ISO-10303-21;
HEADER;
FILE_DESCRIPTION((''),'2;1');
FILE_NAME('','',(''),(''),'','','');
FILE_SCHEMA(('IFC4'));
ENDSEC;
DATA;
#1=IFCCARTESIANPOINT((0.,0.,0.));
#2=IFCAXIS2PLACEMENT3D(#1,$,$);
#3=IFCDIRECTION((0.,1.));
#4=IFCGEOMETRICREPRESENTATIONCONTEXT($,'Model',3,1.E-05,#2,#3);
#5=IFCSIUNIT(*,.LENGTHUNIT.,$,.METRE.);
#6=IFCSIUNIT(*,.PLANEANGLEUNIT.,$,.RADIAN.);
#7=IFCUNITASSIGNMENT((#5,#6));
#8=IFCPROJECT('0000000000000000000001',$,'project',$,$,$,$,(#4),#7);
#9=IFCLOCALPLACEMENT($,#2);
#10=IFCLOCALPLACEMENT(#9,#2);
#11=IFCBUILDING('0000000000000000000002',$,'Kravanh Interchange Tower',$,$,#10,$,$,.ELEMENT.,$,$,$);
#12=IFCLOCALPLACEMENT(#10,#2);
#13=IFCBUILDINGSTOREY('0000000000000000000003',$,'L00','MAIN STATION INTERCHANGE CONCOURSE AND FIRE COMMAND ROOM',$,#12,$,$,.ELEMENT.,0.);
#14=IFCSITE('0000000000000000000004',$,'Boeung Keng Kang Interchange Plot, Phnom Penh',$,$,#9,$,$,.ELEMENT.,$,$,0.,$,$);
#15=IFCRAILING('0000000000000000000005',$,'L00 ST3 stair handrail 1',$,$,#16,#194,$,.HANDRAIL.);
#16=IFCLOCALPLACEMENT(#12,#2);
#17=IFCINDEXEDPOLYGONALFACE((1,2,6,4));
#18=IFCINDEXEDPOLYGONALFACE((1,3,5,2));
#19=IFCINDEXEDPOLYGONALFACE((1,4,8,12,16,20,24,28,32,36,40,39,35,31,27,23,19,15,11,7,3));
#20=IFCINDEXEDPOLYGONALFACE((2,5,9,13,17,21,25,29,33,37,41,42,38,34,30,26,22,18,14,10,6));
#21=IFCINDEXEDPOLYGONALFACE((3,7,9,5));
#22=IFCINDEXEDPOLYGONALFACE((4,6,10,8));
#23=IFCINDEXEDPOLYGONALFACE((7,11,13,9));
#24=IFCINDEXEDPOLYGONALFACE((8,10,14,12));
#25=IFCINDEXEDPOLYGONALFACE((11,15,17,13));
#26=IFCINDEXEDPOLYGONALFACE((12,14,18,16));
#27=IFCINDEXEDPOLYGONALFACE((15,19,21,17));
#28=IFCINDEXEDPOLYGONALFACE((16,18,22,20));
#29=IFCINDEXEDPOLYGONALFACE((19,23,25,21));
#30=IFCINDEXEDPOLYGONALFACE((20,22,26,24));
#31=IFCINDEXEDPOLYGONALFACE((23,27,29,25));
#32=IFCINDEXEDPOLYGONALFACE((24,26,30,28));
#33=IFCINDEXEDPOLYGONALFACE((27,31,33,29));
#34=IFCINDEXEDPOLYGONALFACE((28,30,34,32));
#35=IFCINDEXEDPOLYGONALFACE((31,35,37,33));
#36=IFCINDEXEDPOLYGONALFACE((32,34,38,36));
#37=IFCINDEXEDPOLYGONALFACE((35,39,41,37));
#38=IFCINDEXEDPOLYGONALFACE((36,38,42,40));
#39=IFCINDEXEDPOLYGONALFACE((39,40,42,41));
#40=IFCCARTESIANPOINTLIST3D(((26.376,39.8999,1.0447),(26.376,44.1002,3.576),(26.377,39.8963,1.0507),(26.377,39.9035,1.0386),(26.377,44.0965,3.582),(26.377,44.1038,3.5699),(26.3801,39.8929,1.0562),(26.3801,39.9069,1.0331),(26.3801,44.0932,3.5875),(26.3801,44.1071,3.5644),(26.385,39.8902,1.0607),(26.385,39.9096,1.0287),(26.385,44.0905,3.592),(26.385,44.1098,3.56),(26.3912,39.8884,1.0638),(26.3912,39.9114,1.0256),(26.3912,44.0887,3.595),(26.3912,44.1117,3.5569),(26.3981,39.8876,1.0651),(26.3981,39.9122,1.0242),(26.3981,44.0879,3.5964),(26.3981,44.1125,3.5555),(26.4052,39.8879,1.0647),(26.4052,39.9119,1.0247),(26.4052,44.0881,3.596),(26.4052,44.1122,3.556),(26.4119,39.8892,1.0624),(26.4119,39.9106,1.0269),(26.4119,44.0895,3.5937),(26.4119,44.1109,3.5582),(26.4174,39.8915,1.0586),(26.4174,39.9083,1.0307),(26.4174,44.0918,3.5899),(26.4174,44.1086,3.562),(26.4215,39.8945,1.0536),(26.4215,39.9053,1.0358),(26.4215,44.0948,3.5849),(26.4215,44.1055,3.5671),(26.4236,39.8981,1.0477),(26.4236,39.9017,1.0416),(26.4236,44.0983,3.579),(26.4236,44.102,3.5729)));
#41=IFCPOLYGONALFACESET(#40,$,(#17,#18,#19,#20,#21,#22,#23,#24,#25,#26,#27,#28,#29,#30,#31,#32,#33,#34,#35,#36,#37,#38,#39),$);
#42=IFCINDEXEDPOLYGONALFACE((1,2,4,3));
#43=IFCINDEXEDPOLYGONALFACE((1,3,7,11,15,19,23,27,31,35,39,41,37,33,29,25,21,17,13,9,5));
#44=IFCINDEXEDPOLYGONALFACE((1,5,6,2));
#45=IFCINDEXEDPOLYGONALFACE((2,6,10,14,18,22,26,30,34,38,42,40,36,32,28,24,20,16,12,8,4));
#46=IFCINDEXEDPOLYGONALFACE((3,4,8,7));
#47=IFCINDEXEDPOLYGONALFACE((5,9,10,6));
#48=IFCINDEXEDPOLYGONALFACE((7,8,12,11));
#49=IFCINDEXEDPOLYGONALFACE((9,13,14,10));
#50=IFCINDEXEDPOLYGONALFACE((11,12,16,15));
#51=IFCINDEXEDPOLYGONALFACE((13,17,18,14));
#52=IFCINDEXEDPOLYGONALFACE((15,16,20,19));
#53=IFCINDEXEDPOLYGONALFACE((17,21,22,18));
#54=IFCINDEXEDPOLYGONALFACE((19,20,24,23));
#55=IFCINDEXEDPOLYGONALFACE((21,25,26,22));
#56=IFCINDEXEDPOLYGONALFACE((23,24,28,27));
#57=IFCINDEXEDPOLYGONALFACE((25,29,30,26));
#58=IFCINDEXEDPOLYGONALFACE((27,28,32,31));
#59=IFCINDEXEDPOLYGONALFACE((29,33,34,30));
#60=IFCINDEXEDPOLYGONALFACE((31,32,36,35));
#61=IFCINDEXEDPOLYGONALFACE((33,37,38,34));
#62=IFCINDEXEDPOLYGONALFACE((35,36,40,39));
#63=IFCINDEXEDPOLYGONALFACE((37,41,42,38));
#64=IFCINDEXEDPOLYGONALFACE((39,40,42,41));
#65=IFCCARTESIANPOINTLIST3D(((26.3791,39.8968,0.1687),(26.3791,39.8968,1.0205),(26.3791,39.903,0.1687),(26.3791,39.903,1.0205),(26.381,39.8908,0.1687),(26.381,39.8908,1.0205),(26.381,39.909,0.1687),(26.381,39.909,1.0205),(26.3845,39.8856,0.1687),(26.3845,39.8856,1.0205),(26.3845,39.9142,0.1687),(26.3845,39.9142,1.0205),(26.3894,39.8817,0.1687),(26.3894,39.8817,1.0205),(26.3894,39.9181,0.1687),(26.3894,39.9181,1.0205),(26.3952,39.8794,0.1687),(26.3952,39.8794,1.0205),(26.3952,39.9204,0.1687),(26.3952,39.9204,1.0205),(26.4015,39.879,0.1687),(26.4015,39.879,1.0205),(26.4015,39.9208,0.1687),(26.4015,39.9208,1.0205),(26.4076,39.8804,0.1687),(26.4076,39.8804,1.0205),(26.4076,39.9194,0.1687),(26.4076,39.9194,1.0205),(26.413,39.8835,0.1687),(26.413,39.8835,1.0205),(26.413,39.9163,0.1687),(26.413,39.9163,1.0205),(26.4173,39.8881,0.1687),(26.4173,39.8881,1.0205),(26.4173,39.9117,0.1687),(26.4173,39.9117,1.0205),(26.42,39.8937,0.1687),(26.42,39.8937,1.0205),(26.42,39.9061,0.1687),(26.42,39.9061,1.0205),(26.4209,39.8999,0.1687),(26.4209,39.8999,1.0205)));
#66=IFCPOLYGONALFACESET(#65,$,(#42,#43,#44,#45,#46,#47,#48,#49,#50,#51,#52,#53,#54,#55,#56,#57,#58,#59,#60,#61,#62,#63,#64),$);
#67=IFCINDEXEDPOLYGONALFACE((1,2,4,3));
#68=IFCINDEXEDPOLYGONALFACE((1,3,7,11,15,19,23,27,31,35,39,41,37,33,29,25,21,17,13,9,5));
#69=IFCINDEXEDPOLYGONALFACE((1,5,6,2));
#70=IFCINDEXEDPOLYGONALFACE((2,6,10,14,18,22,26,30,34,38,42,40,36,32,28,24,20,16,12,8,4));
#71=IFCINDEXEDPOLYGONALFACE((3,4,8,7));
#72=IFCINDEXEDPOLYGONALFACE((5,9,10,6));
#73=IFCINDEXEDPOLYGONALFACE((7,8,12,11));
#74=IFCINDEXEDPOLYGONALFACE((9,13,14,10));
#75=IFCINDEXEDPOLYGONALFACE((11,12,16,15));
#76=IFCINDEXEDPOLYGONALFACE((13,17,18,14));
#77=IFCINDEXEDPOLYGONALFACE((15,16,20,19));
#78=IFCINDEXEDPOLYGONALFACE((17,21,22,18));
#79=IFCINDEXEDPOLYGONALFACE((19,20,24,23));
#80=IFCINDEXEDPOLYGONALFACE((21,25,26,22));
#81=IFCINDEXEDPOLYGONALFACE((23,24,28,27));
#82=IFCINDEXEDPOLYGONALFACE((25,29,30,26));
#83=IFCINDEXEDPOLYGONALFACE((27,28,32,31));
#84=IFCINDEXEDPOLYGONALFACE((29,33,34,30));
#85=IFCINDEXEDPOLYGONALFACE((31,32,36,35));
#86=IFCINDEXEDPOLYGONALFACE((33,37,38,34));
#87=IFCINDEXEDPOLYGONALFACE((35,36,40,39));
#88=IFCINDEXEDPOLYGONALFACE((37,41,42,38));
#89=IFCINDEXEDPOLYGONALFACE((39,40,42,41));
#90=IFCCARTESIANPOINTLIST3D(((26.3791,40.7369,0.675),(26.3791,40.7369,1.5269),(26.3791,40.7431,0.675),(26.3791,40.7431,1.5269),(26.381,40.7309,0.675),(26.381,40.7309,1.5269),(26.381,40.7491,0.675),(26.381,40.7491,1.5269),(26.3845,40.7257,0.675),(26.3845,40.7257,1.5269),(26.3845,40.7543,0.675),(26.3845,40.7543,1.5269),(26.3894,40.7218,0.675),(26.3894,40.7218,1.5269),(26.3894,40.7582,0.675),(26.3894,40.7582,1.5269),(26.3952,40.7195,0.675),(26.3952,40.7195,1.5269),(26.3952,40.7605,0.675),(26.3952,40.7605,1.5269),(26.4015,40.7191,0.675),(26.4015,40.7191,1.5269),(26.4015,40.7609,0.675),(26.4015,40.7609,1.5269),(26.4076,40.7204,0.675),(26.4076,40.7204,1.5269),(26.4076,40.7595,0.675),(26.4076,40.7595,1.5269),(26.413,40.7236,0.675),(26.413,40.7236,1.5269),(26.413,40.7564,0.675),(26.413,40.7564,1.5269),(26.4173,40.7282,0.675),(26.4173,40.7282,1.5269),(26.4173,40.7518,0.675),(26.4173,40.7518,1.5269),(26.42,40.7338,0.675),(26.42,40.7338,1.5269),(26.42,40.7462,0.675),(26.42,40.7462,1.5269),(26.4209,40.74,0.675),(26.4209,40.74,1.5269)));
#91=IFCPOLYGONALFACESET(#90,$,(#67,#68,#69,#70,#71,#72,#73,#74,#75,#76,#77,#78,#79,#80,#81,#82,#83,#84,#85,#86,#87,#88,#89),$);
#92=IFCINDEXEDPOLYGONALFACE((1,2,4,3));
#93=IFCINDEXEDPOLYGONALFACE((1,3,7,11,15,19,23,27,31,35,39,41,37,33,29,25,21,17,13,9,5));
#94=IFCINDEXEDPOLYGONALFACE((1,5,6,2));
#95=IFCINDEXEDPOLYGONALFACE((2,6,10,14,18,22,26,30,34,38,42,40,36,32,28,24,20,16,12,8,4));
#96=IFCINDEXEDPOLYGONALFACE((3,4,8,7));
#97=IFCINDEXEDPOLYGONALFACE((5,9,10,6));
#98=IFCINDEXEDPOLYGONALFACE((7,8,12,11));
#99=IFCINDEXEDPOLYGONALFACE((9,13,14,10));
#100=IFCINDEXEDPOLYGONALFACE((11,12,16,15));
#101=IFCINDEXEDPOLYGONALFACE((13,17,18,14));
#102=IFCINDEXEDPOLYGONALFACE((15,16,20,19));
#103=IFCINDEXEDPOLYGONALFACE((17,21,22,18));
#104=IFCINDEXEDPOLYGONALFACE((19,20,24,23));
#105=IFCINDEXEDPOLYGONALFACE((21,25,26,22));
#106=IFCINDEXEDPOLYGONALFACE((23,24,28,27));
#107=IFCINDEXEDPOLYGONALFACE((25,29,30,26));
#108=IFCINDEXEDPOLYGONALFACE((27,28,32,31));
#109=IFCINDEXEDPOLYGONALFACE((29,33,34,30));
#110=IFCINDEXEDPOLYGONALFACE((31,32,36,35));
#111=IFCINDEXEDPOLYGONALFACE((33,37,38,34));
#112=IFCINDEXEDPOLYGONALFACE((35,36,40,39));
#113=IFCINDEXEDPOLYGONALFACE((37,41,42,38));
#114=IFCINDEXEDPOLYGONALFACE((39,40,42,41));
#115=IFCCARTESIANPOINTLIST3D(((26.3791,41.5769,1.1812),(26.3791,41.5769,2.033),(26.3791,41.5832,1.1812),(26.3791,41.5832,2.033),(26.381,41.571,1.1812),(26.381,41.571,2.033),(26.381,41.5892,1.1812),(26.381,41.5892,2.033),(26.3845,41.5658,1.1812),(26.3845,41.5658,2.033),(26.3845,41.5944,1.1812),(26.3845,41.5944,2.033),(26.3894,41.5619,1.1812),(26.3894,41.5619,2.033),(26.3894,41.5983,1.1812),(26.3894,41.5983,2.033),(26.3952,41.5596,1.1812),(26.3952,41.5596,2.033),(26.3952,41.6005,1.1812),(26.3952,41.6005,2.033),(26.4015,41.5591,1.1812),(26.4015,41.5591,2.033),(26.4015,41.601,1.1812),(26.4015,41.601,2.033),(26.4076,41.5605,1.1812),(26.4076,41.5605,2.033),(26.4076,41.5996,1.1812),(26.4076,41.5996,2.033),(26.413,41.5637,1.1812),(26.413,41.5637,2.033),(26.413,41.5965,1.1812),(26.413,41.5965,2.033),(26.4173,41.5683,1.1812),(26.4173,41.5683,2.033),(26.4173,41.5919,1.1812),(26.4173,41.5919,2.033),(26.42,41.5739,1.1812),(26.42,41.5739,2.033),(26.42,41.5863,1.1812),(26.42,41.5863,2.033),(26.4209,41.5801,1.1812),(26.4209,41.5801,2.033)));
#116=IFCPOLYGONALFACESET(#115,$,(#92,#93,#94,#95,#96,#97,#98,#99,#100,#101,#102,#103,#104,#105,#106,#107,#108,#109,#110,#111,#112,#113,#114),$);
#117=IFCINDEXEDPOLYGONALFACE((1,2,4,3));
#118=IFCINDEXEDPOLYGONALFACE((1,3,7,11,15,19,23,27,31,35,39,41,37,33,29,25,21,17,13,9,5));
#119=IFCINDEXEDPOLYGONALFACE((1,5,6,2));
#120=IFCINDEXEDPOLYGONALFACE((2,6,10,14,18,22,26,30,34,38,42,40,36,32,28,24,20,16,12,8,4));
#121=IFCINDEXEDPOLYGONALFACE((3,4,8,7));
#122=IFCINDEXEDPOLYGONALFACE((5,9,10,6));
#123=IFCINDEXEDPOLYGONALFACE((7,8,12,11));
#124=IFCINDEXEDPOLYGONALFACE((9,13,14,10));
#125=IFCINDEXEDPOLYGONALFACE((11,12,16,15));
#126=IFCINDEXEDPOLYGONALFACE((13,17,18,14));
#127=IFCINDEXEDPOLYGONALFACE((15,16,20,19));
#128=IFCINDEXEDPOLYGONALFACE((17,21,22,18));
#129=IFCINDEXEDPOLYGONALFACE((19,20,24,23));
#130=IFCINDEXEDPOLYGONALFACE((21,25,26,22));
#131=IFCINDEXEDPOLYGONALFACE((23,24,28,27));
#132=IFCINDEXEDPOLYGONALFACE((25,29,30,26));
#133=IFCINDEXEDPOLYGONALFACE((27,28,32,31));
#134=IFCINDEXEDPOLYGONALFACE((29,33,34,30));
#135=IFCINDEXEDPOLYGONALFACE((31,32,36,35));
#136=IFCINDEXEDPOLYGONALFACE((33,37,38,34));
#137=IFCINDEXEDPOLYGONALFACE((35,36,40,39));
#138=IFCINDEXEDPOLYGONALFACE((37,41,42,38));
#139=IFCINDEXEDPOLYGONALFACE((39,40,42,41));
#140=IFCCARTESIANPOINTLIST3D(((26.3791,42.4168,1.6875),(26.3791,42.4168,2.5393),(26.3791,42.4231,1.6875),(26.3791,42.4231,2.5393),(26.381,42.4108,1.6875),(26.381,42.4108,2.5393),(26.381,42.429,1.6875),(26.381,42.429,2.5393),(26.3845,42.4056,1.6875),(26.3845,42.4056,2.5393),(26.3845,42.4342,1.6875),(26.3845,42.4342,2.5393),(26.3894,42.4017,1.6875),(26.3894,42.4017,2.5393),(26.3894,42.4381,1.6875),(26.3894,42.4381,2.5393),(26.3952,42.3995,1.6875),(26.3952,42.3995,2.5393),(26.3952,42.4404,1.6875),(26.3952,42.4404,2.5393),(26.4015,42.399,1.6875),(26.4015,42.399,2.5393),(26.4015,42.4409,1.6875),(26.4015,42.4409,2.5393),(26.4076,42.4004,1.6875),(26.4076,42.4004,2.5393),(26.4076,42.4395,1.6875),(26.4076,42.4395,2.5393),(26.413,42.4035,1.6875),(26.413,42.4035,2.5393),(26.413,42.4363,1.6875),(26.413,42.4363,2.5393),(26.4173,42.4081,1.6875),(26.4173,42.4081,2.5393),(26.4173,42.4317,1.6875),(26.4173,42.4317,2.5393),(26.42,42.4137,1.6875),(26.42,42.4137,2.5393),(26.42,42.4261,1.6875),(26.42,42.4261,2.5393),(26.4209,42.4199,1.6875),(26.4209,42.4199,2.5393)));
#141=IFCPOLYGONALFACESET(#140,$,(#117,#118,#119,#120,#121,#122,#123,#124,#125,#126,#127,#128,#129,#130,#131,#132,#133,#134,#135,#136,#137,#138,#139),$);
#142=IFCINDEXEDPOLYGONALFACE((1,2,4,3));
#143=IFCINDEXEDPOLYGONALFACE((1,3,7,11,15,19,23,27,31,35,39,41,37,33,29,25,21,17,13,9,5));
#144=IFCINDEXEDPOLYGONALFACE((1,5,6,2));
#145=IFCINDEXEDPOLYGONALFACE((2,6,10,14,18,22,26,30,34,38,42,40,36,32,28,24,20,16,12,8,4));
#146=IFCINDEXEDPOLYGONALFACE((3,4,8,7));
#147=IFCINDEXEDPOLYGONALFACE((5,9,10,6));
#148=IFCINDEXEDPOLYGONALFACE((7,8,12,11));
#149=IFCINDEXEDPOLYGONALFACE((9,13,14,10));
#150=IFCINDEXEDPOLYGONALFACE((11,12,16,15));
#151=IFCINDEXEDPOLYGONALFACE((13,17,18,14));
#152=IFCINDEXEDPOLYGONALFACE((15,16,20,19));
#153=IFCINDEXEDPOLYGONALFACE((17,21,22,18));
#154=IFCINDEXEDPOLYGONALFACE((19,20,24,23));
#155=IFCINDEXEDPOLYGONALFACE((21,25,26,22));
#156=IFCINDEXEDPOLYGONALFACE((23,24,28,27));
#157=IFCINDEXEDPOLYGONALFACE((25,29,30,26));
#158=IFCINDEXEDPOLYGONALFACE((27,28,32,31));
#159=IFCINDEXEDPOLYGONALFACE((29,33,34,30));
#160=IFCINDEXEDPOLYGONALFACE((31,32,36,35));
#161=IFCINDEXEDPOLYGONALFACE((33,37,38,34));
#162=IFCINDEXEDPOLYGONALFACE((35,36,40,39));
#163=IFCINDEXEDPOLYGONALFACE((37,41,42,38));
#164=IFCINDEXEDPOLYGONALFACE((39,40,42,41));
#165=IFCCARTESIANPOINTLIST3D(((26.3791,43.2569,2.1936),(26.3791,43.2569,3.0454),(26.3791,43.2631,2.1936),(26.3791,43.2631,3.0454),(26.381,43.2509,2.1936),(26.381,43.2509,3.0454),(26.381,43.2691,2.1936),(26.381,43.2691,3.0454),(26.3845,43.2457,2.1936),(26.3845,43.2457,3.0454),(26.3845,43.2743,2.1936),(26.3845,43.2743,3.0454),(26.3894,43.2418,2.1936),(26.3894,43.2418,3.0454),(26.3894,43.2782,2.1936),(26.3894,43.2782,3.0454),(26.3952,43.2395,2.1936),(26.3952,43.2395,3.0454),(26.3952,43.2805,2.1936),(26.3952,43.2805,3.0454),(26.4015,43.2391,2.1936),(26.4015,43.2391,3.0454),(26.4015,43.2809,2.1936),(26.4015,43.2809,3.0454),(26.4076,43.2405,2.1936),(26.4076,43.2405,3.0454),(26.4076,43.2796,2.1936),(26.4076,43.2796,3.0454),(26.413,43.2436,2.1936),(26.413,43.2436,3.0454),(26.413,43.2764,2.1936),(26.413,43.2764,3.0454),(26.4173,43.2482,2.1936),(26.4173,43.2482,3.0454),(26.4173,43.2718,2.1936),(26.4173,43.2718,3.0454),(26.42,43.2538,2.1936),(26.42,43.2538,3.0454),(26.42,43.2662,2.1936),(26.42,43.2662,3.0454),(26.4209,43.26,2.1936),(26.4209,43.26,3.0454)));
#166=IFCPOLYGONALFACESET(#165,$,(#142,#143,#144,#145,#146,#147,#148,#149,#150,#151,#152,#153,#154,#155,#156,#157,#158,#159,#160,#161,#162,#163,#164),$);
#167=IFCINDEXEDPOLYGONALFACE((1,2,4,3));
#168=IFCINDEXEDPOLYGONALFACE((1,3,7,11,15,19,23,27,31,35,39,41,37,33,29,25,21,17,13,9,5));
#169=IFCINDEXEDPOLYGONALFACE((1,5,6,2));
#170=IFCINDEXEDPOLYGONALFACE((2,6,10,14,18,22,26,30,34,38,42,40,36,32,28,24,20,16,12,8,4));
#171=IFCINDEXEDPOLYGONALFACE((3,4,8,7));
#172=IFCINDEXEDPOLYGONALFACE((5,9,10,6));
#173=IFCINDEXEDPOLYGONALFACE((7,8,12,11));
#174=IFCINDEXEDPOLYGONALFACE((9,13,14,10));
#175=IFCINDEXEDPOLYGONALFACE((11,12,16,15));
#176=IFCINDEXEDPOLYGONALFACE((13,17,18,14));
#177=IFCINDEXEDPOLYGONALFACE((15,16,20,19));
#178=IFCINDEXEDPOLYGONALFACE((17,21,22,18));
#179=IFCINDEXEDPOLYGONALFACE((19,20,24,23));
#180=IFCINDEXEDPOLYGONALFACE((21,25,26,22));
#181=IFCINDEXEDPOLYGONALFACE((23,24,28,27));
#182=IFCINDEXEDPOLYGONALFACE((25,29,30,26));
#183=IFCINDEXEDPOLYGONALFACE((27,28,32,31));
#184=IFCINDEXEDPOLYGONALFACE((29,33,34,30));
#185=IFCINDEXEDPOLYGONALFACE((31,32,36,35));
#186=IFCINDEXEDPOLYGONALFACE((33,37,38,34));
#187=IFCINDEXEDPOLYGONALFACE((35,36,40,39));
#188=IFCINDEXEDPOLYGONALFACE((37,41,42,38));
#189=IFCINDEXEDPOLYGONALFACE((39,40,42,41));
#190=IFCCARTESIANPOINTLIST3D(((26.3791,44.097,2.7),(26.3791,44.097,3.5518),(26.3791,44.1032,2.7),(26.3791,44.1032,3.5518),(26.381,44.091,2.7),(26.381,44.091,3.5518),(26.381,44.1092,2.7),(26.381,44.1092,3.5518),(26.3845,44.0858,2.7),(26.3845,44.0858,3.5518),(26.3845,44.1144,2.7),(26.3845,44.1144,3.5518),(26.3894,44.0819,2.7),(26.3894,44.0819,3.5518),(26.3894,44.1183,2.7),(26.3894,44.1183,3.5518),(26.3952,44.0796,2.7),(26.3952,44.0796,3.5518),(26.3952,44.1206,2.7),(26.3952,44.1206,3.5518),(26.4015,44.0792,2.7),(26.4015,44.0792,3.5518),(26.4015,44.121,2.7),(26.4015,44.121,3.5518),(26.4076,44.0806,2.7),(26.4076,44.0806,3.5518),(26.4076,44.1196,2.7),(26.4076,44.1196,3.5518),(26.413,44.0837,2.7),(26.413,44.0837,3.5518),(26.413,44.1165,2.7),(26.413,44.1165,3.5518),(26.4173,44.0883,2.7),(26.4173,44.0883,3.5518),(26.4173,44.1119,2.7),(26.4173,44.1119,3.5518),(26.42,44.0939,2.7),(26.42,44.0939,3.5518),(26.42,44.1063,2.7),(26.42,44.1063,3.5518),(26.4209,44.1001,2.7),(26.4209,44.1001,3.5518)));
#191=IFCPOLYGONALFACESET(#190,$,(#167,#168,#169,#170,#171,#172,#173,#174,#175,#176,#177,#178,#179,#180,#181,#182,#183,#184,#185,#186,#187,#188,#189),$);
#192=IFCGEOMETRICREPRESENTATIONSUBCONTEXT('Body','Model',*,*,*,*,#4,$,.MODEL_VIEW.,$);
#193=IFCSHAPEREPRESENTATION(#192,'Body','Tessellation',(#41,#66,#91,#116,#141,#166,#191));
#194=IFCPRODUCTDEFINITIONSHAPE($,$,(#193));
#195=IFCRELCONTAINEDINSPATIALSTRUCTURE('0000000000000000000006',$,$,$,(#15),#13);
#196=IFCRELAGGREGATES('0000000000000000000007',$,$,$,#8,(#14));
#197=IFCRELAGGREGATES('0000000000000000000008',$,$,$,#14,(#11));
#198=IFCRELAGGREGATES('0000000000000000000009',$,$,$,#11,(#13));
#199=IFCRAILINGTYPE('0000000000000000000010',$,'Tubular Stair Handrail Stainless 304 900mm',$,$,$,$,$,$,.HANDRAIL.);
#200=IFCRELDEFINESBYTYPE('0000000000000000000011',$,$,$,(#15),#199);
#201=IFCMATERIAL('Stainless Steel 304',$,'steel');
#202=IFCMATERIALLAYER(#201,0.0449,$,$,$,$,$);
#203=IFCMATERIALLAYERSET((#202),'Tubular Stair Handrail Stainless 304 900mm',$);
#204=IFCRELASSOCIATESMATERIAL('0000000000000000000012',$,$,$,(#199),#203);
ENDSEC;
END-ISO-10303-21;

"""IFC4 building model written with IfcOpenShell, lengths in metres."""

from ifc_helpers import new_model, si_unit, direction, frame, origin, origin_2d, place, context, subcontext, project, spatial, circle, extrude, material, layer, layer_set, type_object, element, save


model = new_model("IFC4")

# Units and contexts
model_context = context("Model", 3, precision=1e-05, world=origin(), true_north=direction((0.0, 1.0)))
body_context = subcontext(model_context, "Body", "Model", "MODEL_VIEW")
ifc_project = project(units=[si_unit("LENGTHUNIT", "METRE"), si_unit("PLANEANGLEUNIT", "RADIAN")], contexts=[model_context])

# Site, building, storey
site_placement = place(None, origin())
site = spatial("IfcSite", under=ifc_project, at=site_placement, Name="Boeung Keng Kang Interchange Plot, Phnom Penh", CompositionType="ELEMENT", RefElevation=0.0)
building_placement = place(site_placement, origin())
building = spatial("IfcBuilding", under=site, at=building_placement, Name="Kravanh Interchange Tower", CompositionType="ELEMENT")
storey_placement = place(building_placement, origin())
storey = spatial("IfcBuildingStorey", under=building, at=storey_placement, Name="L00", Description="MAIN STATION INTERCHANGE CONCOURSE AND FIRE COMMAND ROOM", CompositionType="ELEMENT", Elevation=0.0)

# Railing
ifc_material_1 = material(Name="Stainless Steel 304", Category="steel")
ifc_layer_1 = layer(ifc_material_1, 0.0449)
ifc_layer_set_1 = layer_set([ifc_layer_1], Name="Tubular Stair Handrail Stainless 304 900mm")
railing_type_1 = type_object("IfcRailingType", Name="Tubular Stair Handrail Stainless 304 900mm", PredefinedType="HANDRAIL", material=ifc_layer_set_1)
railing_1_placement = place(storey_placement, frame((26.3999, 39.8999, 0.1687)))
element("IfcRailing", 1, at=railing_1_placement, inside=storey, type_object=railing_type_1, Name="L00 ST3 stair handrail 1", PredefinedType="HANDRAIL", context=body_context, shape_type="SweptSolid", body=[
    extrude(circle(Radius=0.0239, at=origin_2d()), frame((0.0, 0.0, 0.876), z_axis=(0.0, 0.85649, 0.516164), x_axis=(-1.0, 0.0, 0.0)), (0.0, 0.0, 1.0), 4.9041),
    extrude(circle(Radius=0.021, at=origin_2d()), origin(), (0.0, 0.0, 1.0), 0.8518),
    extrude(circle(Radius=0.021, at=origin_2d()), frame((0.0, 0.8401, 0.5063)), (0.0, 0.0, 1.0), 0.8518),
    extrude(circle(Radius=0.021, at=origin_2d()), frame((0.0, 1.6802, 1.0125)), (0.0, 0.0, 1.0), 0.8518),
    extrude(circle(Radius=0.021, at=origin_2d()), frame((0.0, 2.52, 1.5188)), (0.0, 0.0, 1.0), 0.8518),
    extrude(circle(Radius=0.021, at=origin_2d()), frame((0.0, 3.3601, 2.0249)), (0.0, 0.0, 1.0), 0.8518),
    extrude(circle(Radius=0.021, at=origin_2d()), frame((0.0, 4.2002, 2.5312)), (0.0, 0.0, 1.0), 0.8518),
])

save(model, "model.ifc")
